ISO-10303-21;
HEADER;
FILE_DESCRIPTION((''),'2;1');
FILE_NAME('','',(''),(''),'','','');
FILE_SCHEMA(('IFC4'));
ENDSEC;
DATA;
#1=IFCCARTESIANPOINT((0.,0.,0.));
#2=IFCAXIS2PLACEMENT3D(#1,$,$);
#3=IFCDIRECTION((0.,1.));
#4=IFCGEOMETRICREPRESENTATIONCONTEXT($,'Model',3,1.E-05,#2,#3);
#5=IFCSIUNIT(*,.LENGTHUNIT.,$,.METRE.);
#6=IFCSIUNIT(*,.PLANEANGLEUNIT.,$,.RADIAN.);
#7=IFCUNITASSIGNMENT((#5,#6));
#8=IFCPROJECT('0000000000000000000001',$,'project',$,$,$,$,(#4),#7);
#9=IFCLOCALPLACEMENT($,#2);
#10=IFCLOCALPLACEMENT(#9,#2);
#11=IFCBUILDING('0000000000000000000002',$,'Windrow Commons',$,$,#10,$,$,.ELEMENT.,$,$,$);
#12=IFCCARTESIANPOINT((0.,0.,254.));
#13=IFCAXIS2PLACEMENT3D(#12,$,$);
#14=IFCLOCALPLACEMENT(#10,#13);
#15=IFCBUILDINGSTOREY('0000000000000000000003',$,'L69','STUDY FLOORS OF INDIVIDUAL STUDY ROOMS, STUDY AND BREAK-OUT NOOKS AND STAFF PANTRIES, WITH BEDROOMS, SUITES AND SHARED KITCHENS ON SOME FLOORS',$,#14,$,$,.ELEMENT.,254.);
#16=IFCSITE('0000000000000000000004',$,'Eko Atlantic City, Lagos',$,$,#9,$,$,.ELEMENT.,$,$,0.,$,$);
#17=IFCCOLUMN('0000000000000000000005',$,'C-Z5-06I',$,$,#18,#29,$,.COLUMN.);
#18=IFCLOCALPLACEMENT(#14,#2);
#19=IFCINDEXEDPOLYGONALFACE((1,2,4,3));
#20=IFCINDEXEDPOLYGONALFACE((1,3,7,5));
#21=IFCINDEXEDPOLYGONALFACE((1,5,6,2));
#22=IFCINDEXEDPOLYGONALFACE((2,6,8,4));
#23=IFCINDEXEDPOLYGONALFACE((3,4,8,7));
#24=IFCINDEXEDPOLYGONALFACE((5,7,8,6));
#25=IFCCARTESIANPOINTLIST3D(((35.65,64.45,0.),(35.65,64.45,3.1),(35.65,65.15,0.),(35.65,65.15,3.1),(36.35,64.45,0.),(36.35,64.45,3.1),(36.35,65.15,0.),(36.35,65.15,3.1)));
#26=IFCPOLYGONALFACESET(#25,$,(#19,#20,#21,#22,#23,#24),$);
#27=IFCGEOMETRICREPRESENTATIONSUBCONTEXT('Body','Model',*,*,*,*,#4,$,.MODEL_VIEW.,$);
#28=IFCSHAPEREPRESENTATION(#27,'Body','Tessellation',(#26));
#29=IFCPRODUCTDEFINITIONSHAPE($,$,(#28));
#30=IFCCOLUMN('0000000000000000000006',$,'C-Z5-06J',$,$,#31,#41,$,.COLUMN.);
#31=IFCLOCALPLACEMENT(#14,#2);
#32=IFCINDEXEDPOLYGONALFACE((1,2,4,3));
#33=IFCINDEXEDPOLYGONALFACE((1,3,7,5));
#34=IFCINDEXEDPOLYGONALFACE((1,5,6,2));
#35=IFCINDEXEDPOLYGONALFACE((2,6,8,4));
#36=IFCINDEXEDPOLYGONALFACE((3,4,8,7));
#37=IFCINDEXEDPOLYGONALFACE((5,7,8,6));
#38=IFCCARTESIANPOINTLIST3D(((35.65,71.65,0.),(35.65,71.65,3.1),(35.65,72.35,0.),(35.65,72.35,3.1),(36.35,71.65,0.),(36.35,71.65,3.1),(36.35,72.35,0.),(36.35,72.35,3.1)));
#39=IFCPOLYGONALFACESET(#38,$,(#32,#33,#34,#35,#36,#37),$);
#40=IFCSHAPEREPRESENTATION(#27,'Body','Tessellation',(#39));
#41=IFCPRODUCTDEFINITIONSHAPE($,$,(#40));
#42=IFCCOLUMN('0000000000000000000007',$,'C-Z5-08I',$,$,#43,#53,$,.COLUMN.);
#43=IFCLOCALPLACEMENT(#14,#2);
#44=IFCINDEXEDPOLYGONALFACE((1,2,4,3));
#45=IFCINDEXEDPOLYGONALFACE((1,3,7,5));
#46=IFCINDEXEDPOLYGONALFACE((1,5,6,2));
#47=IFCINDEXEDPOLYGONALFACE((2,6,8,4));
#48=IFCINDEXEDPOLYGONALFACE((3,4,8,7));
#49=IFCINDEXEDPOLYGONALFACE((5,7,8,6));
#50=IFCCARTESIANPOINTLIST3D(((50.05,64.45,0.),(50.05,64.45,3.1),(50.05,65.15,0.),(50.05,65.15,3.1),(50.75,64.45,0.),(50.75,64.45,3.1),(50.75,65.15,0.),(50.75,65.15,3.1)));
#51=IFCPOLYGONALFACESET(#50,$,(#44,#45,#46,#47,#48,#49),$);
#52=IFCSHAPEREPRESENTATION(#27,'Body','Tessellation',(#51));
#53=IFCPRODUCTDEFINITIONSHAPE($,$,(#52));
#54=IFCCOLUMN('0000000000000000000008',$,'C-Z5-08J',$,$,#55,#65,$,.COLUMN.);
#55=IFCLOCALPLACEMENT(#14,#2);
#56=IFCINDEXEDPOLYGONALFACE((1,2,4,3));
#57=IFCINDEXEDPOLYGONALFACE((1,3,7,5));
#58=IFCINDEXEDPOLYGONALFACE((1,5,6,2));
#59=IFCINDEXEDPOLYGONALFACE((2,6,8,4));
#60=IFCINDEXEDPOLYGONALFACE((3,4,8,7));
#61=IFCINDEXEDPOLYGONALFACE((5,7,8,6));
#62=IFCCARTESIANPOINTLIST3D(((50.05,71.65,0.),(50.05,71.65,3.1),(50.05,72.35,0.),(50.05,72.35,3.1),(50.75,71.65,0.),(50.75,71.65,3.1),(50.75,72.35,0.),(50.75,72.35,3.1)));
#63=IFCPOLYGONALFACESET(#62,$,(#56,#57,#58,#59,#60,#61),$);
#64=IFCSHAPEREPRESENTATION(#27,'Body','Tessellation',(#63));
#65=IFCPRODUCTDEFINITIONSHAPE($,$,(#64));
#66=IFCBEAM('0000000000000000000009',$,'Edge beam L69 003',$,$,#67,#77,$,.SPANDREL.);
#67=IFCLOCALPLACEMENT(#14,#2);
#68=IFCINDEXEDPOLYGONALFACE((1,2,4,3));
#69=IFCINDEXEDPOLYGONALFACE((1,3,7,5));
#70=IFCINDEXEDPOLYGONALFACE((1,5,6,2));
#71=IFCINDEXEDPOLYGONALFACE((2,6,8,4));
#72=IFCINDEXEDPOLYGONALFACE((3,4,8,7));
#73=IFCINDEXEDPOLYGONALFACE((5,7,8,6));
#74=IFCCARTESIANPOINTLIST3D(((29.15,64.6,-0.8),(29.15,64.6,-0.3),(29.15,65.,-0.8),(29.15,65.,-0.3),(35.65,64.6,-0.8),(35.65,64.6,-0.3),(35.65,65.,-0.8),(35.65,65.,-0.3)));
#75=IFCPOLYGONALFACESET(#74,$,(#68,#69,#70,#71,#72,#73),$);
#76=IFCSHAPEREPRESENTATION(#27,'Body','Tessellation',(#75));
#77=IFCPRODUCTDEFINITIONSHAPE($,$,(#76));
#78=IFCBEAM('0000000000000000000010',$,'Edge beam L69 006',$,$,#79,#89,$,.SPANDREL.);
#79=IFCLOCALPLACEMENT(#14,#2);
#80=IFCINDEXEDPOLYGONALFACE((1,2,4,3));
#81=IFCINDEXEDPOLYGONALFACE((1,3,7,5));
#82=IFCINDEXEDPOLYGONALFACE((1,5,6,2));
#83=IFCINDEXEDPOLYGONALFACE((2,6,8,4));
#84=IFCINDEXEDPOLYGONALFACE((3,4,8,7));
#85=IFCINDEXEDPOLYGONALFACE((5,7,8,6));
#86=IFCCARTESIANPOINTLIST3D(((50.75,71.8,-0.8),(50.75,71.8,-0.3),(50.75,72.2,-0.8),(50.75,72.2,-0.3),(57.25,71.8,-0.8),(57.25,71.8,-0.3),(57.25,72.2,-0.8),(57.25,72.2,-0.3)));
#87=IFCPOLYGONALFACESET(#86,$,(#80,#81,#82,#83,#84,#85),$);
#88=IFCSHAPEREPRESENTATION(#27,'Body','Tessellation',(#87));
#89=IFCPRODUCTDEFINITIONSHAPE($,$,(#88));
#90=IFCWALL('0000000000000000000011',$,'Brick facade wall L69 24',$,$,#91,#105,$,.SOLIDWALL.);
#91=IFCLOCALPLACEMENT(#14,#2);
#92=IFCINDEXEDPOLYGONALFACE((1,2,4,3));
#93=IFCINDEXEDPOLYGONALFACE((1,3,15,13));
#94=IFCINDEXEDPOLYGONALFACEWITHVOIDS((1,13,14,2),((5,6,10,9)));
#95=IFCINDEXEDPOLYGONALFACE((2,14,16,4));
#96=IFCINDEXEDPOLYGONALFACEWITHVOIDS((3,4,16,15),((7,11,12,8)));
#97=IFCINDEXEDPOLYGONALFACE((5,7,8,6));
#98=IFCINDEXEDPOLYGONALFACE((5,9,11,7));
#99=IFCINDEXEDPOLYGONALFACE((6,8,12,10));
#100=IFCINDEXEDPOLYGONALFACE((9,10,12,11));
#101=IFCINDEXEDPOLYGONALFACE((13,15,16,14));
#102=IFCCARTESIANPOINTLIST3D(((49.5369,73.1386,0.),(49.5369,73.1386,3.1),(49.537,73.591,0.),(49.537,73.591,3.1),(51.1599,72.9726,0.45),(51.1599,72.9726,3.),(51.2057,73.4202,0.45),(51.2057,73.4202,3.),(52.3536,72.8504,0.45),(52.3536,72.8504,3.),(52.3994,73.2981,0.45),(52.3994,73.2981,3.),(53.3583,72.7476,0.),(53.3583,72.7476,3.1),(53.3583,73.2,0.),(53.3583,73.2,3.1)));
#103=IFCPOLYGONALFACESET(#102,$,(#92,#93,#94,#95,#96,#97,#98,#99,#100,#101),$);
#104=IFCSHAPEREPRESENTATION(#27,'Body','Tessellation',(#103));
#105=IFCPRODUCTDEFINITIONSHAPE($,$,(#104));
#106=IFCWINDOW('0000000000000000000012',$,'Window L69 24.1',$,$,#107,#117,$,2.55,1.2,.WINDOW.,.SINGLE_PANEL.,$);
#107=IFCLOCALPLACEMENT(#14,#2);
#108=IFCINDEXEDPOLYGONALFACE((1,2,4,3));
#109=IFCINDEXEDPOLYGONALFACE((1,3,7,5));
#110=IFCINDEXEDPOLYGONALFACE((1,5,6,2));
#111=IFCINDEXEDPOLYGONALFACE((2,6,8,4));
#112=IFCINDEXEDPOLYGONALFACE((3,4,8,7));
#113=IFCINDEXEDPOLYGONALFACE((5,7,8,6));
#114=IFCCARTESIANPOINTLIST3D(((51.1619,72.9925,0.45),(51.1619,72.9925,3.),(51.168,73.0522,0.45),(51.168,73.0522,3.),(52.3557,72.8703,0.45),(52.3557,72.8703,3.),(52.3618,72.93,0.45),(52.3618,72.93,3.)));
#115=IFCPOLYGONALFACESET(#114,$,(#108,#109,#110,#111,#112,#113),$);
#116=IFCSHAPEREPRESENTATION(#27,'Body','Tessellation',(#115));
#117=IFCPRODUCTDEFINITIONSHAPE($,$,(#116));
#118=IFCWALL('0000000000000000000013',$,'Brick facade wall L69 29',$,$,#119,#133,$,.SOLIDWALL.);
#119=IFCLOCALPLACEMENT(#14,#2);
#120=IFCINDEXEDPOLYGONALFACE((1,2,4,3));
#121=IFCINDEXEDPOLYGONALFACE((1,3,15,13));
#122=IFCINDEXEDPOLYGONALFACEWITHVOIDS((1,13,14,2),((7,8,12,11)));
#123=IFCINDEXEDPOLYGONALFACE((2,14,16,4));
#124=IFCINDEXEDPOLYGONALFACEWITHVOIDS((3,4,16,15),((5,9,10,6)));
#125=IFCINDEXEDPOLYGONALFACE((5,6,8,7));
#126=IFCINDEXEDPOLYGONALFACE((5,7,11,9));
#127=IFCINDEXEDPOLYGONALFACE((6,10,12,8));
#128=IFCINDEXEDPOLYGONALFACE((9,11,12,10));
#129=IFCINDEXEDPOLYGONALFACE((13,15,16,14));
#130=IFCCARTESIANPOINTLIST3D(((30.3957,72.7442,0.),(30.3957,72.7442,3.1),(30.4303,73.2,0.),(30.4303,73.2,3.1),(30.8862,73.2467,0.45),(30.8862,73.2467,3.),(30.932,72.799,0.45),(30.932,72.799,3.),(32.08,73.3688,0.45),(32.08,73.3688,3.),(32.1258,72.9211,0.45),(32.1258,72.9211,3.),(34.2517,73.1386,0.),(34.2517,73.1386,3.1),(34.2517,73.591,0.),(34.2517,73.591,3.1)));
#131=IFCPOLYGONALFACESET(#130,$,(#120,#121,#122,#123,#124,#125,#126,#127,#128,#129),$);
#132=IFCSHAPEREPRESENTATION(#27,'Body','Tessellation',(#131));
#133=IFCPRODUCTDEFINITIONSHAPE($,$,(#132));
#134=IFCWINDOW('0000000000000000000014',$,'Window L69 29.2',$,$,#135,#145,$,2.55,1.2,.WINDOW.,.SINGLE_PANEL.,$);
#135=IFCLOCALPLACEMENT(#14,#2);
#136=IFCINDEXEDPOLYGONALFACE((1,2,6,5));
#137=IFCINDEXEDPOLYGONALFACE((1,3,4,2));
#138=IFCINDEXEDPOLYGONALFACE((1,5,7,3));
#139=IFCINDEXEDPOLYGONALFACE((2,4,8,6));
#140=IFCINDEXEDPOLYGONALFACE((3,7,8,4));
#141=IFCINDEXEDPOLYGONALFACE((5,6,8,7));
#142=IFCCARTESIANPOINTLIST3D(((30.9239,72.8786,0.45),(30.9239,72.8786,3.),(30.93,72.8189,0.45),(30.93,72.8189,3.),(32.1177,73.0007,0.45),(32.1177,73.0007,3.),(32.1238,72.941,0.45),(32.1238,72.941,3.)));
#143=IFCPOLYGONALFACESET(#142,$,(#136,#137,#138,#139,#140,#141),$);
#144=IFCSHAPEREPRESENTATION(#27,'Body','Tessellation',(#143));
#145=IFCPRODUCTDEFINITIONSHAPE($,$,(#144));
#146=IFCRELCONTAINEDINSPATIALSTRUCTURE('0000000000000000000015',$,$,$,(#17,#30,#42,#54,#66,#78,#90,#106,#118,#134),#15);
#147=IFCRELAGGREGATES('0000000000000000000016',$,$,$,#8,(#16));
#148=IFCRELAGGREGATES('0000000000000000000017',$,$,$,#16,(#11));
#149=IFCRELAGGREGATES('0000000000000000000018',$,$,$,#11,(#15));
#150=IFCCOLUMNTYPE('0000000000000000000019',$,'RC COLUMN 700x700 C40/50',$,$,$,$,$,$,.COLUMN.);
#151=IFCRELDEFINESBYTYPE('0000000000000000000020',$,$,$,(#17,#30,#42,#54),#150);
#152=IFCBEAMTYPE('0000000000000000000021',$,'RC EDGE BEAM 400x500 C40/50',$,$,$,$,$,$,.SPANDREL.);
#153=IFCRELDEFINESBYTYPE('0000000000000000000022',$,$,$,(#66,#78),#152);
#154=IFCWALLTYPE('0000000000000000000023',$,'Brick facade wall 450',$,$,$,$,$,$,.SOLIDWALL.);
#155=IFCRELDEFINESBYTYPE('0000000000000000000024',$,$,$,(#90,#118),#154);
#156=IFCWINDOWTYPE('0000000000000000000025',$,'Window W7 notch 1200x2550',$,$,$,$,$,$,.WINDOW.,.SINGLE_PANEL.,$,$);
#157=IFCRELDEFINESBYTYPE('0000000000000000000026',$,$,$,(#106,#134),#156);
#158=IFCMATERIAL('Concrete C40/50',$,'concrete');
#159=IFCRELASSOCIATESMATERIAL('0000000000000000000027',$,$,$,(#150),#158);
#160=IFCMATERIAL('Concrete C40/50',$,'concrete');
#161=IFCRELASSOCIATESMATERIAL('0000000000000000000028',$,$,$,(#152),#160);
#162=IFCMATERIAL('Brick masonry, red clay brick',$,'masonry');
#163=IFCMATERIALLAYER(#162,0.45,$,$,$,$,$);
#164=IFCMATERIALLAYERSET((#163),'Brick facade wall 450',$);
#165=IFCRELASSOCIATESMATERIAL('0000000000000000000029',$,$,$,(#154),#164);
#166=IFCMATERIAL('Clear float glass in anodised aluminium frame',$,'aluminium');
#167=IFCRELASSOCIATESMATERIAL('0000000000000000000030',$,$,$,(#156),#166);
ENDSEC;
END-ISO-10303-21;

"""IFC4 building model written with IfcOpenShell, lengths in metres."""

from ifc_helpers import new_model, si_unit, direction, frame, frame_2d, origin, origin_2d, place, context, subcontext, project, spatial, polyline, rectangle, outline, extrude, material, layer, layer_set, material_profile, profile_set, type_object, element, fill, save


model = new_model("IFC4")

# Units and contexts
model_context = context("Model", 3, precision=1e-05, world=origin(), true_north=direction((0.0, 1.0)))
body_context = subcontext(model_context, "Body", "Model", "MODEL_VIEW")
ifc_project = project(units=[si_unit("LENGTHUNIT", "METRE"), si_unit("PLANEANGLEUNIT", "RADIAN")], contexts=[model_context])

# Site, building, storey
site_placement = place(None, origin())
site = spatial("IfcSite", under=ifc_project, at=site_placement, Name="Eko Atlantic City, Lagos", CompositionType="ELEMENT", RefElevation=0.0)
building_placement = place(site_placement, origin())
building = spatial("IfcBuilding", under=site, at=building_placement, Name="Windrow Commons", CompositionType="ELEMENT")
storey_placement = place(building_placement, frame((0.0, 0.0, 254.0)))
storey = spatial("IfcBuildingStorey", under=building, at=storey_placement, Name="L69", Description="STUDY FLOORS OF INDIVIDUAL STUDY ROOMS, STUDY AND BREAK-OUT NOOKS AND STAFF PANTRIES, WITH BEDROOMS, SUITES AND SHARED KITCHENS ON SOME FLOORS", CompositionType="ELEMENT", Elevation=254.0)

# Columns
ifc_material_1 = material(Name="Concrete C40/50", Category="concrete")
ifc_material_profile_1 = material_profile(ifc_material_1, rectangle(XDim=0.7, YDim=0.7, at=origin_2d()))
ifc_profile_set_1 = profile_set([ifc_material_profile_1], Name="Concrete C40/50")
column_type = type_object("IfcColumnType", Name="RC COLUMN 700x700 C40/50", PredefinedType="COLUMN", material=ifc_profile_set_1)
for number, where, z_axis, x_axis, name in (
    (1, (36.0, 64.8, 0.0), (0.0, 0.0, 1.0), (1.0, 0.0, 0.0), "C-Z5-06I"),
    (2, (36.0, 72.0, 0.0), (0.0, 0.0, 1.0), (1.0, 0.0, 0.0), "C-Z5-06J"),
    (3, (50.4, 64.8, 0.0), (0.0, 0.0, 1.0), (1.0, 0.0, 0.0), "C-Z5-08I"),
    (4, (50.4, 72.0, 0.0), (0.0, 0.0, 1.0), (1.0, 0.0, 0.0), "C-Z5-08J"),
):
    element("IfcColumn", number, at=place(storey_placement, frame(where, z_axis=z_axis, x_axis=x_axis)), inside=storey, type_object=column_type, Name=name, PredefinedType="COLUMN", context=body_context, shape_type="SweptSolid", body=[
        extrude(rectangle(XDim=0.7, YDim=0.7, at=origin_2d()), origin(), (0.0, 0.0, 1.0), 3.1),
    ])

# Beams
ifc_material_2 = material(Name="Concrete C40/50", Category="concrete")
ifc_material_profile_2 = material_profile(ifc_material_2, rectangle(XDim=0.4, YDim=0.5, at=origin_2d()))
ifc_profile_set_2 = profile_set([ifc_material_profile_2], Name="Concrete C40/50")
beam_type = type_object("IfcBeamType", Name="RC EDGE BEAM 400x500 C40/50", PredefinedType="SPANDREL", material=ifc_profile_set_2)
for number, where, z_axis, x_axis, name in (
    (5, (35.65, 64.8, -0.55), (-1.0, 0.0, 0.0), (0.0, -1.0, 0.0), "Edge beam L69 003"),
    (6, (50.75, 72.0, -0.55), (1.0, 0.0, 0.0), (0.0, 1.0, 0.0), "Edge beam L69 006"),
):
    element("IfcBeam", number, at=place(storey_placement, frame(where, z_axis=z_axis, x_axis=x_axis)), inside=storey, type_object=beam_type, Name=name, PredefinedType="SPANDREL", context=body_context, shape_type="SweptSolid", body=[
        extrude(rectangle(XDim=0.4, YDim=0.5, at=origin_2d()), origin(), (0.0, 0.0, 1.0), 6.5),
    ])

# Walls, openings, windows
ifc_material_3 = material(Name="Brick masonry, red clay brick", Category="masonry")
ifc_layer_1 = layer(ifc_material_3, 0.45)
ifc_layer_set_1 = layer_set([ifc_layer_1], Name="Brick facade wall 450")
wall_type_1 = type_object("IfcWallType", Name="Brick facade wall 450", PredefinedType="SOLIDWALL", material=ifc_layer_set_1)
wall_1_placement = place(storey_placement, frame((53.3583, 72.9738, 0.0), z_axis=(0.0, 0.0, 1.0), x_axis=(-0.994806, 0.10179, 0.0)))
wall_1 = element("IfcWall", 7, at=wall_1_placement, inside=storey, type_object=wall_type_1, Name="Brick facade wall L69 24", PredefinedType="SOLIDWALL", context=body_context, shape_type="SweptSolid", body=[
    extrude(outline(polyline([(0.023, -0.225), (3.8643, -0.225), (3.8183, 0.225), (-0.023, 0.225), (0.023, -0.225)])), origin(), (0.0, 0.0, 1.0), 3.1),
])
opening_1_placement = place(wall_1_placement, frame((0.9869, 0.0, 0.45)))
opening_1 = element("IfcOpeningElement", 8, at=opening_1_placement, cuts=wall_1, PredefinedType="OPENING", context=body_context, shape_type="SweptSolid", body=[
    extrude(rectangle(XDim=1.2, YDim=2.55, at=frame_2d((0.6, 1.275))), frame((0.0, 0.235, 0.0), z_axis=(0.0, -1.0, 0.0), x_axis=(1.0, 0.0, 0.0)), (0.0, 0.0, 1.0), 0.47),
])
ifc_material_4 = material(Name="Clear float glass in anodised aluminium frame", Category="aluminium")
window_type_1 = type_object("IfcWindowType", Name="Window W7 notch 1200x2550", PartitioningType="SINGLE_PANEL", PredefinedType="WINDOW", material=ifc_material_4)
window_1_placement = place(opening_1_placement, origin())
window_1 = element("IfcWindow", 9, at=window_1_placement, inside=storey, type_object=window_type_1, Name="Window L69 24.1", OverallHeight=2.55, OverallWidth=1.2, PartitioningType="SINGLE_PANEL", PredefinedType="WINDOW", context=body_context, shape_type="SweptSolid", body=[
    extrude(rectangle(XDim=1.2, YDim=2.55, at=frame_2d((0.6, 1.275))), frame((0.0, 0.205, 0.0), z_axis=(0.0, -1.0, 0.0), x_axis=(1.0, 0.0, 0.0)), (0.0, 0.0, 1.0), 0.06),
])
fill(opening_1, window_1)
wall_2_placement = place(storey_placement, frame((34.2517, 73.3648, 0.0), z_axis=(0.0, 0.0, 1.0), x_axis=(-0.994808, -0.101769, 0.0)))
wall_2 = element("IfcWall", 10, at=wall_2_placement, inside=storey, type_object=wall_type_1, Name="Brick facade wall L69 29", PredefinedType="SOLIDWALL", context=body_context, shape_type="SweptSolid", body=[
    extrude(outline(polyline([(-0.023, -0.225), (3.8183, -0.225), (3.8991, 0.225), (0.023, 0.225), (-0.023, -0.225)])), origin(), (0.0, 0.0, 1.0), 3.1),
])
opening_2_placement = place(wall_2_placement, frame((2.16, 0.0, 0.45)))
opening_2 = element("IfcOpeningElement", 11, at=opening_2_placement, cuts=wall_2, PredefinedType="OPENING", context=body_context, shape_type="SweptSolid", body=[
    extrude(rectangle(XDim=1.2, YDim=2.55, at=frame_2d((0.6, 1.275))), frame((0.0, 0.235, 0.0), z_axis=(0.0, -1.0, 0.0), x_axis=(1.0, 0.0, 0.0)), (0.0, 0.0, 1.0), 0.47),
])
window_2_placement = place(opening_2_placement, origin())
window_2 = element("IfcWindow", 12, at=window_2_placement, inside=storey, type_object=window_type_1, Name="Window L69 29.2", OverallHeight=2.55, OverallWidth=1.2, PartitioningType="SINGLE_PANEL", PredefinedType="WINDOW", context=body_context, shape_type="SweptSolid", body=[
    extrude(rectangle(XDim=1.2, YDim=2.55, at=frame_2d((0.6, 1.275))), frame((0.0, 0.205, 0.0), z_axis=(0.0, -1.0, 0.0), x_axis=(1.0, 0.0, 0.0)), (0.0, 0.0, 1.0), 0.06),
])
fill(opening_2, window_2)

save(model, "model.ifc")
